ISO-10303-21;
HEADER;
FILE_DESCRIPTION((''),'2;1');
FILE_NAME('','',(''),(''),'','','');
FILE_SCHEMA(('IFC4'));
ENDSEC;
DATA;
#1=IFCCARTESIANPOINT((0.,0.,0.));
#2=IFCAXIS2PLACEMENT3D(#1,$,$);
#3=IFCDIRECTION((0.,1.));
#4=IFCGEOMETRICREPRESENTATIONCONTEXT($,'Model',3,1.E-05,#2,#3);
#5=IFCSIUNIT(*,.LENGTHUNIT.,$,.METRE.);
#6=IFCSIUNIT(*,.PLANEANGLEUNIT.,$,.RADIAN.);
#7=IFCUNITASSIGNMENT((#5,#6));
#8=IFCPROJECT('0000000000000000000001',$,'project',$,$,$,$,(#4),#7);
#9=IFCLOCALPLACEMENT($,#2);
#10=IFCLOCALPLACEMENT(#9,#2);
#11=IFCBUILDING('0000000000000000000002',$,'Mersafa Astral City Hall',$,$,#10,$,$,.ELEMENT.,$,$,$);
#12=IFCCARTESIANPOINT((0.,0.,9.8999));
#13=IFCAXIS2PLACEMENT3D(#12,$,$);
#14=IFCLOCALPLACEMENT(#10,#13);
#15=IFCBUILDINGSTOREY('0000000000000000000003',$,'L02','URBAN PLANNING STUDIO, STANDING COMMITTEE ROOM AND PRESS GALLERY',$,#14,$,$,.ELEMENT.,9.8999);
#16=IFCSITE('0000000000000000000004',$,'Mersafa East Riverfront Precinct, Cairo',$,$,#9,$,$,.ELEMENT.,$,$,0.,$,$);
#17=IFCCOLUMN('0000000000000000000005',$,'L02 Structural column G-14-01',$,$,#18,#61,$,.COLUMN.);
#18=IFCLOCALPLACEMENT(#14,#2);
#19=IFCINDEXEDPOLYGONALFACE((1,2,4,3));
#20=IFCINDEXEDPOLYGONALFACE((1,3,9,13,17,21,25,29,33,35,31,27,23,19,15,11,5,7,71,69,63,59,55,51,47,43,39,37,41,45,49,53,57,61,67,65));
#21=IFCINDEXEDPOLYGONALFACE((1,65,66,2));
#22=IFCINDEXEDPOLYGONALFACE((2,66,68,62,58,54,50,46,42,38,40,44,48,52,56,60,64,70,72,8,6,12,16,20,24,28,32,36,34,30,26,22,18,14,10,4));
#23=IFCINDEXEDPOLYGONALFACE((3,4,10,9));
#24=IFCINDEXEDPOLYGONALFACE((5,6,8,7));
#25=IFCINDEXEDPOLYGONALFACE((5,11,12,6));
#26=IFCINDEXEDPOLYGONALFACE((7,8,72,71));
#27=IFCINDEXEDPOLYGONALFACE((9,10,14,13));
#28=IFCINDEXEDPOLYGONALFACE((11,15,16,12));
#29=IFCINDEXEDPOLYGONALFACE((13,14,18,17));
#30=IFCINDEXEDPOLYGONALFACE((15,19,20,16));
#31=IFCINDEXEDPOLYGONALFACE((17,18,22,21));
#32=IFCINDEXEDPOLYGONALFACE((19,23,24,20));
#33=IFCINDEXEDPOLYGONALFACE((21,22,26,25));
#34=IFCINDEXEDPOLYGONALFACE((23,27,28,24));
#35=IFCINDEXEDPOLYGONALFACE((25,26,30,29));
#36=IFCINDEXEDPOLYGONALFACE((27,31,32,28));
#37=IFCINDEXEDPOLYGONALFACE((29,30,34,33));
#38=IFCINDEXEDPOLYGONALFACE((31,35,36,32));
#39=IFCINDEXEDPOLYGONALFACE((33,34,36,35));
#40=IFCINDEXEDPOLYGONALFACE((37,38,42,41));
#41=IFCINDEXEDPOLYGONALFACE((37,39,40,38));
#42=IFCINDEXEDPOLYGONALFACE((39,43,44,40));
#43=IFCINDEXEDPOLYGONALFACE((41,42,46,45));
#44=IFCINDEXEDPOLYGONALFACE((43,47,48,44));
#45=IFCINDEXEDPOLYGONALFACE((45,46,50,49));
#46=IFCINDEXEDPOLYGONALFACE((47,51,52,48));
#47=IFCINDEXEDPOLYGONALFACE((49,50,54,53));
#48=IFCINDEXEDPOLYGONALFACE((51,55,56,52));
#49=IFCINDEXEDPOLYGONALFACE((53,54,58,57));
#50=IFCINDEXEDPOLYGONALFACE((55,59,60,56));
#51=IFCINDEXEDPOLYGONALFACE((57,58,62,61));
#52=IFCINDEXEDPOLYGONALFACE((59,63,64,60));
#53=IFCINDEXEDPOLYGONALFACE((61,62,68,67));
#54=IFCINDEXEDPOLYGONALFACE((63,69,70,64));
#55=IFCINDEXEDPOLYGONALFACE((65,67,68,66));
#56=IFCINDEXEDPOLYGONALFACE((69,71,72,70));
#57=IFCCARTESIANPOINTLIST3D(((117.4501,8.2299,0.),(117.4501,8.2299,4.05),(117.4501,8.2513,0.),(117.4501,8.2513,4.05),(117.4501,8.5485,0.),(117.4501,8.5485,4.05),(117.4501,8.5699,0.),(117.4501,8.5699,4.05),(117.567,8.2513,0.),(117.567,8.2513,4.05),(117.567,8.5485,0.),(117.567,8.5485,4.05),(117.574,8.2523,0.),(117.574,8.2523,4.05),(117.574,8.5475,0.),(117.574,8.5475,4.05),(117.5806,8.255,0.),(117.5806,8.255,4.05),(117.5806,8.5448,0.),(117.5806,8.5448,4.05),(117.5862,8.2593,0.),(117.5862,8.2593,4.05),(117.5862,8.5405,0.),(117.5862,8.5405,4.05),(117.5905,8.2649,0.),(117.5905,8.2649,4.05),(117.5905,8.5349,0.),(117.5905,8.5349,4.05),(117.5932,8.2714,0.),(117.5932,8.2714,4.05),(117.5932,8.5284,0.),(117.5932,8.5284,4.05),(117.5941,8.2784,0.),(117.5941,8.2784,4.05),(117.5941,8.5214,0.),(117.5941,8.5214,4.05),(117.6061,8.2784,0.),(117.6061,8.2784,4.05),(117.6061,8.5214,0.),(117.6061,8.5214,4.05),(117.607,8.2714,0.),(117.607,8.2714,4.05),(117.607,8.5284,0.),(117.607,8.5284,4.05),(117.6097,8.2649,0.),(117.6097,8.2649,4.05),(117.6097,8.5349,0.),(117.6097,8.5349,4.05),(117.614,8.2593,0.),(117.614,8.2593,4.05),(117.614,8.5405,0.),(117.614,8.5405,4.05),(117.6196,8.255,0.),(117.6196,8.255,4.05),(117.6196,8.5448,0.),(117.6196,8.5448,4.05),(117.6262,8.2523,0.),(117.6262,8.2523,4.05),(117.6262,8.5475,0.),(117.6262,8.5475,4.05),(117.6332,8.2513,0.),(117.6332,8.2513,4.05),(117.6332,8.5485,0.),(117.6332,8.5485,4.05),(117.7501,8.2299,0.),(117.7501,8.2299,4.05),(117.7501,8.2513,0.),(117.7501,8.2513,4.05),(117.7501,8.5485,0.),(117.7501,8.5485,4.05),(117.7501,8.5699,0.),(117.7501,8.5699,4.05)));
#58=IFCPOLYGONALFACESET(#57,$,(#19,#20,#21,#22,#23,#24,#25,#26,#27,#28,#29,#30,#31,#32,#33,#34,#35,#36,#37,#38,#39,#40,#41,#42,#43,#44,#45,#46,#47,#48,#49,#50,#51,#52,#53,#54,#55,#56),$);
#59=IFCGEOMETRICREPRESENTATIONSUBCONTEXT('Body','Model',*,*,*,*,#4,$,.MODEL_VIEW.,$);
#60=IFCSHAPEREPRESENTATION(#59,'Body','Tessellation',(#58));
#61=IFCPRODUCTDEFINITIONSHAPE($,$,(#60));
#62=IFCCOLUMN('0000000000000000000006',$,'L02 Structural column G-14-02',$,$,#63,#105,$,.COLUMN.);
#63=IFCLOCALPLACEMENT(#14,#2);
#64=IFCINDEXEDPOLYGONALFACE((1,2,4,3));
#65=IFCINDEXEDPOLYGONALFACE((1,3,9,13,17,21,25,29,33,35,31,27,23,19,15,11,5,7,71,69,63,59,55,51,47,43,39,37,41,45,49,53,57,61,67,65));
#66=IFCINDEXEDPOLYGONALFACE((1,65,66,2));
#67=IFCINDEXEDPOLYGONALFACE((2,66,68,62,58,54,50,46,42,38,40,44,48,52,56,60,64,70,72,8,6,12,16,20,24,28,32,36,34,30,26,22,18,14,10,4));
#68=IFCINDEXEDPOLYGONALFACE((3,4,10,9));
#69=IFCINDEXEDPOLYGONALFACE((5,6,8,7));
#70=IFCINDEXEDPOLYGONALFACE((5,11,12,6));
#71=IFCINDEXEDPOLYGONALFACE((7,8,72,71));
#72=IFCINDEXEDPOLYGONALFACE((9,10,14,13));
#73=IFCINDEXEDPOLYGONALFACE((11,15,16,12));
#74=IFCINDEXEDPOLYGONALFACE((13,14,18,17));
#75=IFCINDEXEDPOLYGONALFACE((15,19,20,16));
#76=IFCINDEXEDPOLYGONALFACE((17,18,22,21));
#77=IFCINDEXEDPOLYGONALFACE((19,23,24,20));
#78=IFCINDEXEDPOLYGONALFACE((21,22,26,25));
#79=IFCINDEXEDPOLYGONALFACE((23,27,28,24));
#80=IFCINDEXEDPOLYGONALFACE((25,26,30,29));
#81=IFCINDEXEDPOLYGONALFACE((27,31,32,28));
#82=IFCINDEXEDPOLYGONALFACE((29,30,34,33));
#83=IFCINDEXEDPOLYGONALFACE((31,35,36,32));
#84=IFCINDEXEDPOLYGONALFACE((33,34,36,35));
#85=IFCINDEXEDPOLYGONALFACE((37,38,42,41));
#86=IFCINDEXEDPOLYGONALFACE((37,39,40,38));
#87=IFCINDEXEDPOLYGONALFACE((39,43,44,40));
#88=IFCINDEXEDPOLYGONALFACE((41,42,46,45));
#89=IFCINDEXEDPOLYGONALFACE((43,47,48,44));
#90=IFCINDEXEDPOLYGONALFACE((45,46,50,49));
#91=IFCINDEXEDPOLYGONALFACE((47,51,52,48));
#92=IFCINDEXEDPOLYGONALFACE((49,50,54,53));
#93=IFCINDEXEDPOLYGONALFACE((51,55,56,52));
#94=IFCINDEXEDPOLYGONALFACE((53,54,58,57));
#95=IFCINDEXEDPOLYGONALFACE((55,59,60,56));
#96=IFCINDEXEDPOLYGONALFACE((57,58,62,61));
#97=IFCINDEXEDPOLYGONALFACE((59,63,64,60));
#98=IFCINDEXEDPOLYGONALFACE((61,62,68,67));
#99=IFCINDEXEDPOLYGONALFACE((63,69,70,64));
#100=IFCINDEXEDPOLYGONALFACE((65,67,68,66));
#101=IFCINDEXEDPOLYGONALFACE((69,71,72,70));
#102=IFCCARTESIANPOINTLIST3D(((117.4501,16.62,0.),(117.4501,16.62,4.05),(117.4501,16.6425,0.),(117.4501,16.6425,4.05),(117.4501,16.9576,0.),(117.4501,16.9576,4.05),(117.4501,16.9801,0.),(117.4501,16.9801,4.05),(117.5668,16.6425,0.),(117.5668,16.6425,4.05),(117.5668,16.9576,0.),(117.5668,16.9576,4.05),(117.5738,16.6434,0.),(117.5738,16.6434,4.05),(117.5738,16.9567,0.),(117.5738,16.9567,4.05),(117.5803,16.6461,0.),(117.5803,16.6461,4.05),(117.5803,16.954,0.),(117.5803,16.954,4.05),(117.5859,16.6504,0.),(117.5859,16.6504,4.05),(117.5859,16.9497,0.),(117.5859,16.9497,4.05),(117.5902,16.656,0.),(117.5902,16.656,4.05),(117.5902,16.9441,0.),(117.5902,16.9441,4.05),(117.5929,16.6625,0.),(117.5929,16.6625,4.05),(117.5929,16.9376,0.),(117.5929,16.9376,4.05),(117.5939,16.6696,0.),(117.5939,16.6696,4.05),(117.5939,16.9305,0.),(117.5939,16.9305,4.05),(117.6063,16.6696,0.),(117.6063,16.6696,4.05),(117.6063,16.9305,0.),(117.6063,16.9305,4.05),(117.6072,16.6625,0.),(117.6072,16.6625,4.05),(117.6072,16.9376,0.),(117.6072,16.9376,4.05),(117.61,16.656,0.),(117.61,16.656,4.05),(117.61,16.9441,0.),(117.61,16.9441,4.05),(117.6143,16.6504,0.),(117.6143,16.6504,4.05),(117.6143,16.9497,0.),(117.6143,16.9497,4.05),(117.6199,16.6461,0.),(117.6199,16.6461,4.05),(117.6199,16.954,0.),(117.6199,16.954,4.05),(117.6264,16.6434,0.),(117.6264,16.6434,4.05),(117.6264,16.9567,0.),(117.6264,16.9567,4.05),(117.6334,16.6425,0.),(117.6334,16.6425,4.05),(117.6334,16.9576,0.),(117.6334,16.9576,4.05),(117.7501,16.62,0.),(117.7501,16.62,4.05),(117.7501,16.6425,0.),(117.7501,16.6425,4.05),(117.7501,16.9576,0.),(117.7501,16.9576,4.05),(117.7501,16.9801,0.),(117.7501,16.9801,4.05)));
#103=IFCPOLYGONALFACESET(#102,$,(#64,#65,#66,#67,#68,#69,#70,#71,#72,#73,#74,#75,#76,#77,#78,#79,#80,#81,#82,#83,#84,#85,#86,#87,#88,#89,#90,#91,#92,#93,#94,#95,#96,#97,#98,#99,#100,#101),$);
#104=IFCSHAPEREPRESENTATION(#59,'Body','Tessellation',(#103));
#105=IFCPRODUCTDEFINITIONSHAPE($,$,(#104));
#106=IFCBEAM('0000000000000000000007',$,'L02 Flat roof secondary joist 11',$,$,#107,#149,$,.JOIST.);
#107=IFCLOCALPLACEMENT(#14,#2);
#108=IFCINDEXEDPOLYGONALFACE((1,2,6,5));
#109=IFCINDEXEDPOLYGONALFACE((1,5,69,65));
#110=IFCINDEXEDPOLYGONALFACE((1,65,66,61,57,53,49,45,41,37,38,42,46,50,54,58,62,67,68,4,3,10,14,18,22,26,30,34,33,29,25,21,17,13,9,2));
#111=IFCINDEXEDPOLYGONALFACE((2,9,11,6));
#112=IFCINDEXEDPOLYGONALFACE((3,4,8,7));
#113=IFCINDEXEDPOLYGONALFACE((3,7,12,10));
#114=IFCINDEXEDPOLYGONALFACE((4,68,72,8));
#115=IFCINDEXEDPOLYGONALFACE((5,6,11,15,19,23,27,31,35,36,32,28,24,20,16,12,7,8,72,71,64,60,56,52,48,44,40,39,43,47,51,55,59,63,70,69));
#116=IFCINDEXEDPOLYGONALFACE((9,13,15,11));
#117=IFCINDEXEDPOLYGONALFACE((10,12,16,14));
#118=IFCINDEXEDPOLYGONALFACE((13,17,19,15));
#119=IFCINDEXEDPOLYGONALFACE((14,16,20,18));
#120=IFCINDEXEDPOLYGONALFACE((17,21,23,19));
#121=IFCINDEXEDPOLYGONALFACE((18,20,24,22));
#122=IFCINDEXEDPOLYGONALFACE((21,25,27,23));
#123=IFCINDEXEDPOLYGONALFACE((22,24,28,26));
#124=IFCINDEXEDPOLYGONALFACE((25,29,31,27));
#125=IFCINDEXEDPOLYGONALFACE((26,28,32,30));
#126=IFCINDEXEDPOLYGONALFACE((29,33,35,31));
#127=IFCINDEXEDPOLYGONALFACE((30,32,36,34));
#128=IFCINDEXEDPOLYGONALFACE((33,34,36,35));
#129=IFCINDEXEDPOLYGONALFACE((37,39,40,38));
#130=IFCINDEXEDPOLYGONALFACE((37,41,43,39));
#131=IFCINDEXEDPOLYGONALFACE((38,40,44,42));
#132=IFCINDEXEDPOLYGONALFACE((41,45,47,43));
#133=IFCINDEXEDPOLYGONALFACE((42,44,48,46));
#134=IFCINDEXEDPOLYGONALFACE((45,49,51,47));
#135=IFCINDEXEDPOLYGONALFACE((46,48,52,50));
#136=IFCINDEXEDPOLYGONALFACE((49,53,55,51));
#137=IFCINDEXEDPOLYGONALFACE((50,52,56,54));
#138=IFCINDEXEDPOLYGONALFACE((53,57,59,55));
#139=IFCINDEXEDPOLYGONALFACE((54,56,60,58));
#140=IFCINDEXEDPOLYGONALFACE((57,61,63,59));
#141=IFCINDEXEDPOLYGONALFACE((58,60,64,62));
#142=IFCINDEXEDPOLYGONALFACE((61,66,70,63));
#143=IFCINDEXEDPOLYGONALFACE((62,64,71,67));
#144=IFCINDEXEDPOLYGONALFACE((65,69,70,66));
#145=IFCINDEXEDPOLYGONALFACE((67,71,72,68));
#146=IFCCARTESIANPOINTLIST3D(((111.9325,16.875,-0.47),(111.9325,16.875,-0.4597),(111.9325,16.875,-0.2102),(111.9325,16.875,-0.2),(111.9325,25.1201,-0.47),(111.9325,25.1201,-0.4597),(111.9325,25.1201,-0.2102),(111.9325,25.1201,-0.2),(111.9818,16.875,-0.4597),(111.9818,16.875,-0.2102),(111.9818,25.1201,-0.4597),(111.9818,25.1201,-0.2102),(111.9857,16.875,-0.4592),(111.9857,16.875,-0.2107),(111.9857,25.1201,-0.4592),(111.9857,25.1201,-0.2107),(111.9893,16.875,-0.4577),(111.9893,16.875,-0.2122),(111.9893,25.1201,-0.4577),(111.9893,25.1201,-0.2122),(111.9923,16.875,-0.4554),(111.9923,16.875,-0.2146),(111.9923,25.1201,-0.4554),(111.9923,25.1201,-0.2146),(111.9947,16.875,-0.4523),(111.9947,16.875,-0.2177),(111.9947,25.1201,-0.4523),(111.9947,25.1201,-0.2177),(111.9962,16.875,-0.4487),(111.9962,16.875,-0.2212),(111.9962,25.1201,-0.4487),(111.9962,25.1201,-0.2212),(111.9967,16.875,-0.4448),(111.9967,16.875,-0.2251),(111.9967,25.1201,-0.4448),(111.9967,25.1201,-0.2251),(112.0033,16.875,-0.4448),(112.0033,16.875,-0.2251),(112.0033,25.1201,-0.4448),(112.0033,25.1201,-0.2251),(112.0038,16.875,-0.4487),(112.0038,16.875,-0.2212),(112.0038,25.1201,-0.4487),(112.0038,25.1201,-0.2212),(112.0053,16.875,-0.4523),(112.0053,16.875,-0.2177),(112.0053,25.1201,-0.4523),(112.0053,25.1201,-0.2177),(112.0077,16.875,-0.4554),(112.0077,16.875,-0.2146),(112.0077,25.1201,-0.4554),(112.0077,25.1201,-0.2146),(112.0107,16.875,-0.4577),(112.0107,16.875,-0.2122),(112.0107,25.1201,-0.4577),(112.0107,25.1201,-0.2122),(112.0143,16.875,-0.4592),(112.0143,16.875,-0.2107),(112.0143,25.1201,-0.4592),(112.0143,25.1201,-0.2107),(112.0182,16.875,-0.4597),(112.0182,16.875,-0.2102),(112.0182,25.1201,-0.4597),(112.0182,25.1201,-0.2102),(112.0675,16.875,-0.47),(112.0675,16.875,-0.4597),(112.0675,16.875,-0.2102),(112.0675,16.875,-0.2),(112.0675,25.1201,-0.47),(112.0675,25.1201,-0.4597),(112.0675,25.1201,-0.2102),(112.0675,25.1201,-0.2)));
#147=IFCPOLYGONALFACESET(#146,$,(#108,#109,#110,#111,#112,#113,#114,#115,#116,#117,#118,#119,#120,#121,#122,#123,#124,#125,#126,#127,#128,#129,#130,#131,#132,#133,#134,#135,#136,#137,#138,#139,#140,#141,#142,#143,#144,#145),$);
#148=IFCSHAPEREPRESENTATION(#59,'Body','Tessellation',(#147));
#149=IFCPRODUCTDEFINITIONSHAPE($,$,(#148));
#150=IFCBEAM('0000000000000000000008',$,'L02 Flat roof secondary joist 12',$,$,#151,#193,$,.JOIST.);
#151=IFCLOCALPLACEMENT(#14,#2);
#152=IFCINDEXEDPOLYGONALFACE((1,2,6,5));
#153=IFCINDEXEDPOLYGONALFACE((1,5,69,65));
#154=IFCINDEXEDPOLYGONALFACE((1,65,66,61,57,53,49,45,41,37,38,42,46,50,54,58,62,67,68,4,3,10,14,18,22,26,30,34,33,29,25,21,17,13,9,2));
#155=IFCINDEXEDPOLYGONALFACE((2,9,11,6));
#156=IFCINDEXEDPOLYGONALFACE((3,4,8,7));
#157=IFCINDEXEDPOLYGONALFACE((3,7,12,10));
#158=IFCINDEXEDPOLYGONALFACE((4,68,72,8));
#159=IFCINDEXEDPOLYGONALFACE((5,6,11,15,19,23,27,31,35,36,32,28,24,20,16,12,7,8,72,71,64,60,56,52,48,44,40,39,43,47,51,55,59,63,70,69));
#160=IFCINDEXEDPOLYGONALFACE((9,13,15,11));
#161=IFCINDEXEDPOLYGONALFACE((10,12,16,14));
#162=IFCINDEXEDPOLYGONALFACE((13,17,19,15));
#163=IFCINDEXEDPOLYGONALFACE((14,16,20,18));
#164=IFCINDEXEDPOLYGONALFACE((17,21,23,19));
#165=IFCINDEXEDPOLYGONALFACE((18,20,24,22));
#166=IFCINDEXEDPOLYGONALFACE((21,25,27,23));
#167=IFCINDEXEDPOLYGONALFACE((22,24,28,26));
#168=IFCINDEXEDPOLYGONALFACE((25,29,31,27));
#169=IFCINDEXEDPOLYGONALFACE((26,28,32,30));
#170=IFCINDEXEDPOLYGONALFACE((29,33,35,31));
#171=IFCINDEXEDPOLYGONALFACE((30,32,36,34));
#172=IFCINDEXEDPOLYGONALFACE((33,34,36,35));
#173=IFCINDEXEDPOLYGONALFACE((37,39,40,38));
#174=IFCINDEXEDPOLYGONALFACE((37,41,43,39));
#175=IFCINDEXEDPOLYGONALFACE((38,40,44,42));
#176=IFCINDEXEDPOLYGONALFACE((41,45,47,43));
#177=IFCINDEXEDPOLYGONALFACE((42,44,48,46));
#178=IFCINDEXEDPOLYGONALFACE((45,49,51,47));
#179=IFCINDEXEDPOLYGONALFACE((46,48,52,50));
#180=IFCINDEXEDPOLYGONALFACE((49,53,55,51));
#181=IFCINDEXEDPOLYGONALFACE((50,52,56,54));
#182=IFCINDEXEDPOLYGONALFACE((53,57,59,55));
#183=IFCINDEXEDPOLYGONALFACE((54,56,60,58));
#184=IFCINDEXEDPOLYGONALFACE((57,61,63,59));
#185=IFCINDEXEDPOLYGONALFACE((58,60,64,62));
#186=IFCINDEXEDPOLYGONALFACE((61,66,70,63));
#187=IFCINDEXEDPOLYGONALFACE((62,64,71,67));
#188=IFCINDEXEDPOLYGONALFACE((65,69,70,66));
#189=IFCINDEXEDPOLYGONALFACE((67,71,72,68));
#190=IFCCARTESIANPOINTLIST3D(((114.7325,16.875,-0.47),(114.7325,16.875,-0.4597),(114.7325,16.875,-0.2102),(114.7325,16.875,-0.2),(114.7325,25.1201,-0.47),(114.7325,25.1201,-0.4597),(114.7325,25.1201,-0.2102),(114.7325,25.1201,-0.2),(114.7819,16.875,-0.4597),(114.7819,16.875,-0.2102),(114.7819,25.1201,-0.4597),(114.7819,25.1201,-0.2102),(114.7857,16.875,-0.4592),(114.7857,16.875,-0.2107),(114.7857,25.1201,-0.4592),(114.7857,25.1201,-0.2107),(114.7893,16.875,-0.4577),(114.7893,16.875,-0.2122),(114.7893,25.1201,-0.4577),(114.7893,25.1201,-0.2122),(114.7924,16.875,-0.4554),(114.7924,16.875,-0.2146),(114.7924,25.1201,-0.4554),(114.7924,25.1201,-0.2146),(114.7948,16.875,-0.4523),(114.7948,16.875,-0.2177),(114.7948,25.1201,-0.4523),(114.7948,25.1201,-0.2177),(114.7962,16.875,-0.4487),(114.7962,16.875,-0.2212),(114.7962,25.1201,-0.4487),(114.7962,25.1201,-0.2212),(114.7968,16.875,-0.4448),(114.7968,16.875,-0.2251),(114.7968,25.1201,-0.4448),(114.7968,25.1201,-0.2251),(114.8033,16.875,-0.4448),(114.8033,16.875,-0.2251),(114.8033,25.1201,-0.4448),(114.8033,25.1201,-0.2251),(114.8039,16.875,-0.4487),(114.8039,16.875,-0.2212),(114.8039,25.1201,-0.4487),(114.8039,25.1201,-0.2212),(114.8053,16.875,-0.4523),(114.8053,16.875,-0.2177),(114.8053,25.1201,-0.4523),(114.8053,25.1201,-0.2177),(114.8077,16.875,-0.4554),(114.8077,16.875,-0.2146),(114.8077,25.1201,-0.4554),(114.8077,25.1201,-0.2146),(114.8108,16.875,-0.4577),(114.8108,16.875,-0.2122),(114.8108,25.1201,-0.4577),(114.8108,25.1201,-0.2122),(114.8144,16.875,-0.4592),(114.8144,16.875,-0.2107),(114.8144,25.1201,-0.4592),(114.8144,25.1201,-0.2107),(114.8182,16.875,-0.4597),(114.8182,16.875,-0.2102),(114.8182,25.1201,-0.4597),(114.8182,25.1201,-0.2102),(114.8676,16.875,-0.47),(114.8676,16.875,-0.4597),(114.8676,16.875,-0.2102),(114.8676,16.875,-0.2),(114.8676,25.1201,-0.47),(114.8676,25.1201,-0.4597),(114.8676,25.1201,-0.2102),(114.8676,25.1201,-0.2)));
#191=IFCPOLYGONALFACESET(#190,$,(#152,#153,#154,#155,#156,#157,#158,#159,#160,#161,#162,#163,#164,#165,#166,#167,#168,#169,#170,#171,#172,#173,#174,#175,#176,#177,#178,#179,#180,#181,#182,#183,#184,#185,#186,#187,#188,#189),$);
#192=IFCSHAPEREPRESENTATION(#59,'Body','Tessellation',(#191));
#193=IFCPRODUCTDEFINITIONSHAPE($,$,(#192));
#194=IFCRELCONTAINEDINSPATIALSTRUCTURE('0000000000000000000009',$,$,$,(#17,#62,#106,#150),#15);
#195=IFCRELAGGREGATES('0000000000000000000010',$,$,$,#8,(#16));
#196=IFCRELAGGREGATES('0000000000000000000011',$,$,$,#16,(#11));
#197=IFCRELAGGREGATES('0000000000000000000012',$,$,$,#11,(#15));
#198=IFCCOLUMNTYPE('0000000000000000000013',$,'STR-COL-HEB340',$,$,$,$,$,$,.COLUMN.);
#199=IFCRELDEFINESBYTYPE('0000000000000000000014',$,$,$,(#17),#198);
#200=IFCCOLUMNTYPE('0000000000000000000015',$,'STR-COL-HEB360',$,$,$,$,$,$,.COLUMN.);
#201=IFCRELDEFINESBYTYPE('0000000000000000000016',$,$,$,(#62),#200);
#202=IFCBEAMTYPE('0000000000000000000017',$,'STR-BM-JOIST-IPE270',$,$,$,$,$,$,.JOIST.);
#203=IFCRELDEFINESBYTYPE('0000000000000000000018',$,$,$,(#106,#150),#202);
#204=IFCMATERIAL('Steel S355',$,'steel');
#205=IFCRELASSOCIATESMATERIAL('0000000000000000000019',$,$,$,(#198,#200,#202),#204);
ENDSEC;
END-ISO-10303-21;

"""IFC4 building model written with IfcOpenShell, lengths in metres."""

from ifc_helpers import new_model, si_unit, direction, frame, origin, origin_2d, place, context, subcontext, project, spatial, i_section, extrude, material, material_profile, profile_set, type_object, element, save


model = new_model("IFC4")

# Units and contexts
model_context = context("Model", 3, precision=1e-05, world=origin(), true_north=direction((0.0, 1.0)))
body_context = subcontext(model_context, "Body", "Model", "MODEL_VIEW")
ifc_project = project(units=[si_unit("LENGTHUNIT", "METRE"), si_unit("PLANEANGLEUNIT", "RADIAN")], contexts=[model_context])

# Site, building, storey
site_placement = place(None, origin())
site = spatial("IfcSite", under=ifc_project, at=site_placement, Name="Mersafa East Riverfront Precinct, Cairo", CompositionType="ELEMENT", RefElevation=0.0)
building_placement = place(site_placement, origin())
building = spatial("IfcBuilding", under=site, at=building_placement, Name="Mersafa Astral City Hall", CompositionType="ELEMENT")
storey_placement = place(building_placement, frame((0.0, 0.0, 9.8999)))
storey = spatial("IfcBuildingStorey", under=building, at=storey_placement, Name="L02", Description="URBAN PLANNING STUDIO, STANDING COMMITTEE ROOM AND PRESS GALLERY", CompositionType="ELEMENT", Elevation=9.8999)

# Columns
ifc_material_1 = material(Name="Steel S355", Category="steel")
ifc_material_profile_1 = material_profile(ifc_material_1, i_section(OverallWidth=0.3, OverallDepth=0.3401, WebThickness=0.012, FlangeThickness=0.0215, FilletRadius=0.0271, at=origin_2d()), Name="HEB 340")
ifc_profile_set_1 = profile_set([ifc_material_profile_1], Name="Steel S355")
column_type_1 = type_object("IfcColumnType", Name="STR-COL-HEB340", PredefinedType="COLUMN", material=ifc_profile_set_1)
column_1_placement = place(storey_placement, frame((117.6001, 8.3999, 0.0), z_axis=(0.0, 0.0, 1.0), x_axis=(1.0, 0.0, 0.0)))
element("IfcColumn", 1, at=column_1_placement, inside=storey, type_object=column_type_1, Name="L02 Structural column G-14-01", PredefinedType="COLUMN", context=body_context, shape_type="SweptSolid", body=[
    extrude(i_section(OverallWidth=0.3, OverallDepth=0.3401, WebThickness=0.012, FlangeThickness=0.0215, FilletRadius=0.0271, at=origin_2d()), origin(), (0.0, 0.0, 1.0), 4.05),
])
ifc_material_profile_2 = material_profile(ifc_material_1, i_section(OverallWidth=0.3, OverallDepth=0.3601, WebThickness=0.0125, FlangeThickness=0.0225, FilletRadius=0.0271, at=origin_2d()), Name="HEB 360")
ifc_profile_set_2 = profile_set([ifc_material_profile_2], Name="Steel S355")
column_type_2 = type_object("IfcColumnType", Name="STR-COL-HEB360", PredefinedType="COLUMN", material=ifc_profile_set_2)
column_2_placement = place(storey_placement, frame((117.6001, 16.8, 0.0), z_axis=(0.0, 0.0, 1.0), x_axis=(1.0, 0.0, 0.0)))
element("IfcColumn", 2, at=column_2_placement, inside=storey, type_object=column_type_2, Name="L02 Structural column G-14-02", PredefinedType="COLUMN", context=body_context, shape_type="SweptSolid", body=[
    extrude(i_section(OverallWidth=0.3, OverallDepth=0.3601, WebThickness=0.0125, FlangeThickness=0.0225, FilletRadius=0.0271, at=origin_2d()), origin(), (0.0, 0.0, 1.0), 4.05),
])

# Beams
ifc_material_profile_3 = material_profile(ifc_material_1, i_section(OverallWidth=0.135, OverallDepth=0.27, WebThickness=0.0066, FlangeThickness=0.0103, FilletRadius=0.0149, at=origin_2d()), Name="IPE 270")
ifc_profile_set_3 = profile_set([ifc_material_profile_3], Name="Steel S355")
beam_type_1 = type_object("IfcBeamType", Name="STR-BM-JOIST-IPE270", PredefinedType="JOIST", material=ifc_profile_set_3)
for number, where, z_axis, x_axis, name in (
    (3, (112.0, 16.875, -0.335), (0.0, 1.0, 0.0), (-1.0, 0.0, 0.0), "L02 Flat roof secondary joist 11"),
    (4, (114.8, 16.875, -0.335), (0.0, 1.0, 0.0), (-1.0, 0.0, 0.0), "L02 Flat roof secondary joist 12"),
):
    element("IfcBeam", number, at=place(storey_placement, frame(where, z_axis=z_axis, x_axis=x_axis)), inside=storey, type_object=beam_type_1, Name=name, PredefinedType="JOIST", context=body_context, shape_type="SweptSolid", body=[
        extrude(i_section(OverallWidth=0.135, OverallDepth=0.27, WebThickness=0.0066, FlangeThickness=0.0103, FilletRadius=0.0149, at=origin_2d()), origin(), (0.0, 0.0, 1.0), 8.2451),
    ])

save(model, "model.ifc")
